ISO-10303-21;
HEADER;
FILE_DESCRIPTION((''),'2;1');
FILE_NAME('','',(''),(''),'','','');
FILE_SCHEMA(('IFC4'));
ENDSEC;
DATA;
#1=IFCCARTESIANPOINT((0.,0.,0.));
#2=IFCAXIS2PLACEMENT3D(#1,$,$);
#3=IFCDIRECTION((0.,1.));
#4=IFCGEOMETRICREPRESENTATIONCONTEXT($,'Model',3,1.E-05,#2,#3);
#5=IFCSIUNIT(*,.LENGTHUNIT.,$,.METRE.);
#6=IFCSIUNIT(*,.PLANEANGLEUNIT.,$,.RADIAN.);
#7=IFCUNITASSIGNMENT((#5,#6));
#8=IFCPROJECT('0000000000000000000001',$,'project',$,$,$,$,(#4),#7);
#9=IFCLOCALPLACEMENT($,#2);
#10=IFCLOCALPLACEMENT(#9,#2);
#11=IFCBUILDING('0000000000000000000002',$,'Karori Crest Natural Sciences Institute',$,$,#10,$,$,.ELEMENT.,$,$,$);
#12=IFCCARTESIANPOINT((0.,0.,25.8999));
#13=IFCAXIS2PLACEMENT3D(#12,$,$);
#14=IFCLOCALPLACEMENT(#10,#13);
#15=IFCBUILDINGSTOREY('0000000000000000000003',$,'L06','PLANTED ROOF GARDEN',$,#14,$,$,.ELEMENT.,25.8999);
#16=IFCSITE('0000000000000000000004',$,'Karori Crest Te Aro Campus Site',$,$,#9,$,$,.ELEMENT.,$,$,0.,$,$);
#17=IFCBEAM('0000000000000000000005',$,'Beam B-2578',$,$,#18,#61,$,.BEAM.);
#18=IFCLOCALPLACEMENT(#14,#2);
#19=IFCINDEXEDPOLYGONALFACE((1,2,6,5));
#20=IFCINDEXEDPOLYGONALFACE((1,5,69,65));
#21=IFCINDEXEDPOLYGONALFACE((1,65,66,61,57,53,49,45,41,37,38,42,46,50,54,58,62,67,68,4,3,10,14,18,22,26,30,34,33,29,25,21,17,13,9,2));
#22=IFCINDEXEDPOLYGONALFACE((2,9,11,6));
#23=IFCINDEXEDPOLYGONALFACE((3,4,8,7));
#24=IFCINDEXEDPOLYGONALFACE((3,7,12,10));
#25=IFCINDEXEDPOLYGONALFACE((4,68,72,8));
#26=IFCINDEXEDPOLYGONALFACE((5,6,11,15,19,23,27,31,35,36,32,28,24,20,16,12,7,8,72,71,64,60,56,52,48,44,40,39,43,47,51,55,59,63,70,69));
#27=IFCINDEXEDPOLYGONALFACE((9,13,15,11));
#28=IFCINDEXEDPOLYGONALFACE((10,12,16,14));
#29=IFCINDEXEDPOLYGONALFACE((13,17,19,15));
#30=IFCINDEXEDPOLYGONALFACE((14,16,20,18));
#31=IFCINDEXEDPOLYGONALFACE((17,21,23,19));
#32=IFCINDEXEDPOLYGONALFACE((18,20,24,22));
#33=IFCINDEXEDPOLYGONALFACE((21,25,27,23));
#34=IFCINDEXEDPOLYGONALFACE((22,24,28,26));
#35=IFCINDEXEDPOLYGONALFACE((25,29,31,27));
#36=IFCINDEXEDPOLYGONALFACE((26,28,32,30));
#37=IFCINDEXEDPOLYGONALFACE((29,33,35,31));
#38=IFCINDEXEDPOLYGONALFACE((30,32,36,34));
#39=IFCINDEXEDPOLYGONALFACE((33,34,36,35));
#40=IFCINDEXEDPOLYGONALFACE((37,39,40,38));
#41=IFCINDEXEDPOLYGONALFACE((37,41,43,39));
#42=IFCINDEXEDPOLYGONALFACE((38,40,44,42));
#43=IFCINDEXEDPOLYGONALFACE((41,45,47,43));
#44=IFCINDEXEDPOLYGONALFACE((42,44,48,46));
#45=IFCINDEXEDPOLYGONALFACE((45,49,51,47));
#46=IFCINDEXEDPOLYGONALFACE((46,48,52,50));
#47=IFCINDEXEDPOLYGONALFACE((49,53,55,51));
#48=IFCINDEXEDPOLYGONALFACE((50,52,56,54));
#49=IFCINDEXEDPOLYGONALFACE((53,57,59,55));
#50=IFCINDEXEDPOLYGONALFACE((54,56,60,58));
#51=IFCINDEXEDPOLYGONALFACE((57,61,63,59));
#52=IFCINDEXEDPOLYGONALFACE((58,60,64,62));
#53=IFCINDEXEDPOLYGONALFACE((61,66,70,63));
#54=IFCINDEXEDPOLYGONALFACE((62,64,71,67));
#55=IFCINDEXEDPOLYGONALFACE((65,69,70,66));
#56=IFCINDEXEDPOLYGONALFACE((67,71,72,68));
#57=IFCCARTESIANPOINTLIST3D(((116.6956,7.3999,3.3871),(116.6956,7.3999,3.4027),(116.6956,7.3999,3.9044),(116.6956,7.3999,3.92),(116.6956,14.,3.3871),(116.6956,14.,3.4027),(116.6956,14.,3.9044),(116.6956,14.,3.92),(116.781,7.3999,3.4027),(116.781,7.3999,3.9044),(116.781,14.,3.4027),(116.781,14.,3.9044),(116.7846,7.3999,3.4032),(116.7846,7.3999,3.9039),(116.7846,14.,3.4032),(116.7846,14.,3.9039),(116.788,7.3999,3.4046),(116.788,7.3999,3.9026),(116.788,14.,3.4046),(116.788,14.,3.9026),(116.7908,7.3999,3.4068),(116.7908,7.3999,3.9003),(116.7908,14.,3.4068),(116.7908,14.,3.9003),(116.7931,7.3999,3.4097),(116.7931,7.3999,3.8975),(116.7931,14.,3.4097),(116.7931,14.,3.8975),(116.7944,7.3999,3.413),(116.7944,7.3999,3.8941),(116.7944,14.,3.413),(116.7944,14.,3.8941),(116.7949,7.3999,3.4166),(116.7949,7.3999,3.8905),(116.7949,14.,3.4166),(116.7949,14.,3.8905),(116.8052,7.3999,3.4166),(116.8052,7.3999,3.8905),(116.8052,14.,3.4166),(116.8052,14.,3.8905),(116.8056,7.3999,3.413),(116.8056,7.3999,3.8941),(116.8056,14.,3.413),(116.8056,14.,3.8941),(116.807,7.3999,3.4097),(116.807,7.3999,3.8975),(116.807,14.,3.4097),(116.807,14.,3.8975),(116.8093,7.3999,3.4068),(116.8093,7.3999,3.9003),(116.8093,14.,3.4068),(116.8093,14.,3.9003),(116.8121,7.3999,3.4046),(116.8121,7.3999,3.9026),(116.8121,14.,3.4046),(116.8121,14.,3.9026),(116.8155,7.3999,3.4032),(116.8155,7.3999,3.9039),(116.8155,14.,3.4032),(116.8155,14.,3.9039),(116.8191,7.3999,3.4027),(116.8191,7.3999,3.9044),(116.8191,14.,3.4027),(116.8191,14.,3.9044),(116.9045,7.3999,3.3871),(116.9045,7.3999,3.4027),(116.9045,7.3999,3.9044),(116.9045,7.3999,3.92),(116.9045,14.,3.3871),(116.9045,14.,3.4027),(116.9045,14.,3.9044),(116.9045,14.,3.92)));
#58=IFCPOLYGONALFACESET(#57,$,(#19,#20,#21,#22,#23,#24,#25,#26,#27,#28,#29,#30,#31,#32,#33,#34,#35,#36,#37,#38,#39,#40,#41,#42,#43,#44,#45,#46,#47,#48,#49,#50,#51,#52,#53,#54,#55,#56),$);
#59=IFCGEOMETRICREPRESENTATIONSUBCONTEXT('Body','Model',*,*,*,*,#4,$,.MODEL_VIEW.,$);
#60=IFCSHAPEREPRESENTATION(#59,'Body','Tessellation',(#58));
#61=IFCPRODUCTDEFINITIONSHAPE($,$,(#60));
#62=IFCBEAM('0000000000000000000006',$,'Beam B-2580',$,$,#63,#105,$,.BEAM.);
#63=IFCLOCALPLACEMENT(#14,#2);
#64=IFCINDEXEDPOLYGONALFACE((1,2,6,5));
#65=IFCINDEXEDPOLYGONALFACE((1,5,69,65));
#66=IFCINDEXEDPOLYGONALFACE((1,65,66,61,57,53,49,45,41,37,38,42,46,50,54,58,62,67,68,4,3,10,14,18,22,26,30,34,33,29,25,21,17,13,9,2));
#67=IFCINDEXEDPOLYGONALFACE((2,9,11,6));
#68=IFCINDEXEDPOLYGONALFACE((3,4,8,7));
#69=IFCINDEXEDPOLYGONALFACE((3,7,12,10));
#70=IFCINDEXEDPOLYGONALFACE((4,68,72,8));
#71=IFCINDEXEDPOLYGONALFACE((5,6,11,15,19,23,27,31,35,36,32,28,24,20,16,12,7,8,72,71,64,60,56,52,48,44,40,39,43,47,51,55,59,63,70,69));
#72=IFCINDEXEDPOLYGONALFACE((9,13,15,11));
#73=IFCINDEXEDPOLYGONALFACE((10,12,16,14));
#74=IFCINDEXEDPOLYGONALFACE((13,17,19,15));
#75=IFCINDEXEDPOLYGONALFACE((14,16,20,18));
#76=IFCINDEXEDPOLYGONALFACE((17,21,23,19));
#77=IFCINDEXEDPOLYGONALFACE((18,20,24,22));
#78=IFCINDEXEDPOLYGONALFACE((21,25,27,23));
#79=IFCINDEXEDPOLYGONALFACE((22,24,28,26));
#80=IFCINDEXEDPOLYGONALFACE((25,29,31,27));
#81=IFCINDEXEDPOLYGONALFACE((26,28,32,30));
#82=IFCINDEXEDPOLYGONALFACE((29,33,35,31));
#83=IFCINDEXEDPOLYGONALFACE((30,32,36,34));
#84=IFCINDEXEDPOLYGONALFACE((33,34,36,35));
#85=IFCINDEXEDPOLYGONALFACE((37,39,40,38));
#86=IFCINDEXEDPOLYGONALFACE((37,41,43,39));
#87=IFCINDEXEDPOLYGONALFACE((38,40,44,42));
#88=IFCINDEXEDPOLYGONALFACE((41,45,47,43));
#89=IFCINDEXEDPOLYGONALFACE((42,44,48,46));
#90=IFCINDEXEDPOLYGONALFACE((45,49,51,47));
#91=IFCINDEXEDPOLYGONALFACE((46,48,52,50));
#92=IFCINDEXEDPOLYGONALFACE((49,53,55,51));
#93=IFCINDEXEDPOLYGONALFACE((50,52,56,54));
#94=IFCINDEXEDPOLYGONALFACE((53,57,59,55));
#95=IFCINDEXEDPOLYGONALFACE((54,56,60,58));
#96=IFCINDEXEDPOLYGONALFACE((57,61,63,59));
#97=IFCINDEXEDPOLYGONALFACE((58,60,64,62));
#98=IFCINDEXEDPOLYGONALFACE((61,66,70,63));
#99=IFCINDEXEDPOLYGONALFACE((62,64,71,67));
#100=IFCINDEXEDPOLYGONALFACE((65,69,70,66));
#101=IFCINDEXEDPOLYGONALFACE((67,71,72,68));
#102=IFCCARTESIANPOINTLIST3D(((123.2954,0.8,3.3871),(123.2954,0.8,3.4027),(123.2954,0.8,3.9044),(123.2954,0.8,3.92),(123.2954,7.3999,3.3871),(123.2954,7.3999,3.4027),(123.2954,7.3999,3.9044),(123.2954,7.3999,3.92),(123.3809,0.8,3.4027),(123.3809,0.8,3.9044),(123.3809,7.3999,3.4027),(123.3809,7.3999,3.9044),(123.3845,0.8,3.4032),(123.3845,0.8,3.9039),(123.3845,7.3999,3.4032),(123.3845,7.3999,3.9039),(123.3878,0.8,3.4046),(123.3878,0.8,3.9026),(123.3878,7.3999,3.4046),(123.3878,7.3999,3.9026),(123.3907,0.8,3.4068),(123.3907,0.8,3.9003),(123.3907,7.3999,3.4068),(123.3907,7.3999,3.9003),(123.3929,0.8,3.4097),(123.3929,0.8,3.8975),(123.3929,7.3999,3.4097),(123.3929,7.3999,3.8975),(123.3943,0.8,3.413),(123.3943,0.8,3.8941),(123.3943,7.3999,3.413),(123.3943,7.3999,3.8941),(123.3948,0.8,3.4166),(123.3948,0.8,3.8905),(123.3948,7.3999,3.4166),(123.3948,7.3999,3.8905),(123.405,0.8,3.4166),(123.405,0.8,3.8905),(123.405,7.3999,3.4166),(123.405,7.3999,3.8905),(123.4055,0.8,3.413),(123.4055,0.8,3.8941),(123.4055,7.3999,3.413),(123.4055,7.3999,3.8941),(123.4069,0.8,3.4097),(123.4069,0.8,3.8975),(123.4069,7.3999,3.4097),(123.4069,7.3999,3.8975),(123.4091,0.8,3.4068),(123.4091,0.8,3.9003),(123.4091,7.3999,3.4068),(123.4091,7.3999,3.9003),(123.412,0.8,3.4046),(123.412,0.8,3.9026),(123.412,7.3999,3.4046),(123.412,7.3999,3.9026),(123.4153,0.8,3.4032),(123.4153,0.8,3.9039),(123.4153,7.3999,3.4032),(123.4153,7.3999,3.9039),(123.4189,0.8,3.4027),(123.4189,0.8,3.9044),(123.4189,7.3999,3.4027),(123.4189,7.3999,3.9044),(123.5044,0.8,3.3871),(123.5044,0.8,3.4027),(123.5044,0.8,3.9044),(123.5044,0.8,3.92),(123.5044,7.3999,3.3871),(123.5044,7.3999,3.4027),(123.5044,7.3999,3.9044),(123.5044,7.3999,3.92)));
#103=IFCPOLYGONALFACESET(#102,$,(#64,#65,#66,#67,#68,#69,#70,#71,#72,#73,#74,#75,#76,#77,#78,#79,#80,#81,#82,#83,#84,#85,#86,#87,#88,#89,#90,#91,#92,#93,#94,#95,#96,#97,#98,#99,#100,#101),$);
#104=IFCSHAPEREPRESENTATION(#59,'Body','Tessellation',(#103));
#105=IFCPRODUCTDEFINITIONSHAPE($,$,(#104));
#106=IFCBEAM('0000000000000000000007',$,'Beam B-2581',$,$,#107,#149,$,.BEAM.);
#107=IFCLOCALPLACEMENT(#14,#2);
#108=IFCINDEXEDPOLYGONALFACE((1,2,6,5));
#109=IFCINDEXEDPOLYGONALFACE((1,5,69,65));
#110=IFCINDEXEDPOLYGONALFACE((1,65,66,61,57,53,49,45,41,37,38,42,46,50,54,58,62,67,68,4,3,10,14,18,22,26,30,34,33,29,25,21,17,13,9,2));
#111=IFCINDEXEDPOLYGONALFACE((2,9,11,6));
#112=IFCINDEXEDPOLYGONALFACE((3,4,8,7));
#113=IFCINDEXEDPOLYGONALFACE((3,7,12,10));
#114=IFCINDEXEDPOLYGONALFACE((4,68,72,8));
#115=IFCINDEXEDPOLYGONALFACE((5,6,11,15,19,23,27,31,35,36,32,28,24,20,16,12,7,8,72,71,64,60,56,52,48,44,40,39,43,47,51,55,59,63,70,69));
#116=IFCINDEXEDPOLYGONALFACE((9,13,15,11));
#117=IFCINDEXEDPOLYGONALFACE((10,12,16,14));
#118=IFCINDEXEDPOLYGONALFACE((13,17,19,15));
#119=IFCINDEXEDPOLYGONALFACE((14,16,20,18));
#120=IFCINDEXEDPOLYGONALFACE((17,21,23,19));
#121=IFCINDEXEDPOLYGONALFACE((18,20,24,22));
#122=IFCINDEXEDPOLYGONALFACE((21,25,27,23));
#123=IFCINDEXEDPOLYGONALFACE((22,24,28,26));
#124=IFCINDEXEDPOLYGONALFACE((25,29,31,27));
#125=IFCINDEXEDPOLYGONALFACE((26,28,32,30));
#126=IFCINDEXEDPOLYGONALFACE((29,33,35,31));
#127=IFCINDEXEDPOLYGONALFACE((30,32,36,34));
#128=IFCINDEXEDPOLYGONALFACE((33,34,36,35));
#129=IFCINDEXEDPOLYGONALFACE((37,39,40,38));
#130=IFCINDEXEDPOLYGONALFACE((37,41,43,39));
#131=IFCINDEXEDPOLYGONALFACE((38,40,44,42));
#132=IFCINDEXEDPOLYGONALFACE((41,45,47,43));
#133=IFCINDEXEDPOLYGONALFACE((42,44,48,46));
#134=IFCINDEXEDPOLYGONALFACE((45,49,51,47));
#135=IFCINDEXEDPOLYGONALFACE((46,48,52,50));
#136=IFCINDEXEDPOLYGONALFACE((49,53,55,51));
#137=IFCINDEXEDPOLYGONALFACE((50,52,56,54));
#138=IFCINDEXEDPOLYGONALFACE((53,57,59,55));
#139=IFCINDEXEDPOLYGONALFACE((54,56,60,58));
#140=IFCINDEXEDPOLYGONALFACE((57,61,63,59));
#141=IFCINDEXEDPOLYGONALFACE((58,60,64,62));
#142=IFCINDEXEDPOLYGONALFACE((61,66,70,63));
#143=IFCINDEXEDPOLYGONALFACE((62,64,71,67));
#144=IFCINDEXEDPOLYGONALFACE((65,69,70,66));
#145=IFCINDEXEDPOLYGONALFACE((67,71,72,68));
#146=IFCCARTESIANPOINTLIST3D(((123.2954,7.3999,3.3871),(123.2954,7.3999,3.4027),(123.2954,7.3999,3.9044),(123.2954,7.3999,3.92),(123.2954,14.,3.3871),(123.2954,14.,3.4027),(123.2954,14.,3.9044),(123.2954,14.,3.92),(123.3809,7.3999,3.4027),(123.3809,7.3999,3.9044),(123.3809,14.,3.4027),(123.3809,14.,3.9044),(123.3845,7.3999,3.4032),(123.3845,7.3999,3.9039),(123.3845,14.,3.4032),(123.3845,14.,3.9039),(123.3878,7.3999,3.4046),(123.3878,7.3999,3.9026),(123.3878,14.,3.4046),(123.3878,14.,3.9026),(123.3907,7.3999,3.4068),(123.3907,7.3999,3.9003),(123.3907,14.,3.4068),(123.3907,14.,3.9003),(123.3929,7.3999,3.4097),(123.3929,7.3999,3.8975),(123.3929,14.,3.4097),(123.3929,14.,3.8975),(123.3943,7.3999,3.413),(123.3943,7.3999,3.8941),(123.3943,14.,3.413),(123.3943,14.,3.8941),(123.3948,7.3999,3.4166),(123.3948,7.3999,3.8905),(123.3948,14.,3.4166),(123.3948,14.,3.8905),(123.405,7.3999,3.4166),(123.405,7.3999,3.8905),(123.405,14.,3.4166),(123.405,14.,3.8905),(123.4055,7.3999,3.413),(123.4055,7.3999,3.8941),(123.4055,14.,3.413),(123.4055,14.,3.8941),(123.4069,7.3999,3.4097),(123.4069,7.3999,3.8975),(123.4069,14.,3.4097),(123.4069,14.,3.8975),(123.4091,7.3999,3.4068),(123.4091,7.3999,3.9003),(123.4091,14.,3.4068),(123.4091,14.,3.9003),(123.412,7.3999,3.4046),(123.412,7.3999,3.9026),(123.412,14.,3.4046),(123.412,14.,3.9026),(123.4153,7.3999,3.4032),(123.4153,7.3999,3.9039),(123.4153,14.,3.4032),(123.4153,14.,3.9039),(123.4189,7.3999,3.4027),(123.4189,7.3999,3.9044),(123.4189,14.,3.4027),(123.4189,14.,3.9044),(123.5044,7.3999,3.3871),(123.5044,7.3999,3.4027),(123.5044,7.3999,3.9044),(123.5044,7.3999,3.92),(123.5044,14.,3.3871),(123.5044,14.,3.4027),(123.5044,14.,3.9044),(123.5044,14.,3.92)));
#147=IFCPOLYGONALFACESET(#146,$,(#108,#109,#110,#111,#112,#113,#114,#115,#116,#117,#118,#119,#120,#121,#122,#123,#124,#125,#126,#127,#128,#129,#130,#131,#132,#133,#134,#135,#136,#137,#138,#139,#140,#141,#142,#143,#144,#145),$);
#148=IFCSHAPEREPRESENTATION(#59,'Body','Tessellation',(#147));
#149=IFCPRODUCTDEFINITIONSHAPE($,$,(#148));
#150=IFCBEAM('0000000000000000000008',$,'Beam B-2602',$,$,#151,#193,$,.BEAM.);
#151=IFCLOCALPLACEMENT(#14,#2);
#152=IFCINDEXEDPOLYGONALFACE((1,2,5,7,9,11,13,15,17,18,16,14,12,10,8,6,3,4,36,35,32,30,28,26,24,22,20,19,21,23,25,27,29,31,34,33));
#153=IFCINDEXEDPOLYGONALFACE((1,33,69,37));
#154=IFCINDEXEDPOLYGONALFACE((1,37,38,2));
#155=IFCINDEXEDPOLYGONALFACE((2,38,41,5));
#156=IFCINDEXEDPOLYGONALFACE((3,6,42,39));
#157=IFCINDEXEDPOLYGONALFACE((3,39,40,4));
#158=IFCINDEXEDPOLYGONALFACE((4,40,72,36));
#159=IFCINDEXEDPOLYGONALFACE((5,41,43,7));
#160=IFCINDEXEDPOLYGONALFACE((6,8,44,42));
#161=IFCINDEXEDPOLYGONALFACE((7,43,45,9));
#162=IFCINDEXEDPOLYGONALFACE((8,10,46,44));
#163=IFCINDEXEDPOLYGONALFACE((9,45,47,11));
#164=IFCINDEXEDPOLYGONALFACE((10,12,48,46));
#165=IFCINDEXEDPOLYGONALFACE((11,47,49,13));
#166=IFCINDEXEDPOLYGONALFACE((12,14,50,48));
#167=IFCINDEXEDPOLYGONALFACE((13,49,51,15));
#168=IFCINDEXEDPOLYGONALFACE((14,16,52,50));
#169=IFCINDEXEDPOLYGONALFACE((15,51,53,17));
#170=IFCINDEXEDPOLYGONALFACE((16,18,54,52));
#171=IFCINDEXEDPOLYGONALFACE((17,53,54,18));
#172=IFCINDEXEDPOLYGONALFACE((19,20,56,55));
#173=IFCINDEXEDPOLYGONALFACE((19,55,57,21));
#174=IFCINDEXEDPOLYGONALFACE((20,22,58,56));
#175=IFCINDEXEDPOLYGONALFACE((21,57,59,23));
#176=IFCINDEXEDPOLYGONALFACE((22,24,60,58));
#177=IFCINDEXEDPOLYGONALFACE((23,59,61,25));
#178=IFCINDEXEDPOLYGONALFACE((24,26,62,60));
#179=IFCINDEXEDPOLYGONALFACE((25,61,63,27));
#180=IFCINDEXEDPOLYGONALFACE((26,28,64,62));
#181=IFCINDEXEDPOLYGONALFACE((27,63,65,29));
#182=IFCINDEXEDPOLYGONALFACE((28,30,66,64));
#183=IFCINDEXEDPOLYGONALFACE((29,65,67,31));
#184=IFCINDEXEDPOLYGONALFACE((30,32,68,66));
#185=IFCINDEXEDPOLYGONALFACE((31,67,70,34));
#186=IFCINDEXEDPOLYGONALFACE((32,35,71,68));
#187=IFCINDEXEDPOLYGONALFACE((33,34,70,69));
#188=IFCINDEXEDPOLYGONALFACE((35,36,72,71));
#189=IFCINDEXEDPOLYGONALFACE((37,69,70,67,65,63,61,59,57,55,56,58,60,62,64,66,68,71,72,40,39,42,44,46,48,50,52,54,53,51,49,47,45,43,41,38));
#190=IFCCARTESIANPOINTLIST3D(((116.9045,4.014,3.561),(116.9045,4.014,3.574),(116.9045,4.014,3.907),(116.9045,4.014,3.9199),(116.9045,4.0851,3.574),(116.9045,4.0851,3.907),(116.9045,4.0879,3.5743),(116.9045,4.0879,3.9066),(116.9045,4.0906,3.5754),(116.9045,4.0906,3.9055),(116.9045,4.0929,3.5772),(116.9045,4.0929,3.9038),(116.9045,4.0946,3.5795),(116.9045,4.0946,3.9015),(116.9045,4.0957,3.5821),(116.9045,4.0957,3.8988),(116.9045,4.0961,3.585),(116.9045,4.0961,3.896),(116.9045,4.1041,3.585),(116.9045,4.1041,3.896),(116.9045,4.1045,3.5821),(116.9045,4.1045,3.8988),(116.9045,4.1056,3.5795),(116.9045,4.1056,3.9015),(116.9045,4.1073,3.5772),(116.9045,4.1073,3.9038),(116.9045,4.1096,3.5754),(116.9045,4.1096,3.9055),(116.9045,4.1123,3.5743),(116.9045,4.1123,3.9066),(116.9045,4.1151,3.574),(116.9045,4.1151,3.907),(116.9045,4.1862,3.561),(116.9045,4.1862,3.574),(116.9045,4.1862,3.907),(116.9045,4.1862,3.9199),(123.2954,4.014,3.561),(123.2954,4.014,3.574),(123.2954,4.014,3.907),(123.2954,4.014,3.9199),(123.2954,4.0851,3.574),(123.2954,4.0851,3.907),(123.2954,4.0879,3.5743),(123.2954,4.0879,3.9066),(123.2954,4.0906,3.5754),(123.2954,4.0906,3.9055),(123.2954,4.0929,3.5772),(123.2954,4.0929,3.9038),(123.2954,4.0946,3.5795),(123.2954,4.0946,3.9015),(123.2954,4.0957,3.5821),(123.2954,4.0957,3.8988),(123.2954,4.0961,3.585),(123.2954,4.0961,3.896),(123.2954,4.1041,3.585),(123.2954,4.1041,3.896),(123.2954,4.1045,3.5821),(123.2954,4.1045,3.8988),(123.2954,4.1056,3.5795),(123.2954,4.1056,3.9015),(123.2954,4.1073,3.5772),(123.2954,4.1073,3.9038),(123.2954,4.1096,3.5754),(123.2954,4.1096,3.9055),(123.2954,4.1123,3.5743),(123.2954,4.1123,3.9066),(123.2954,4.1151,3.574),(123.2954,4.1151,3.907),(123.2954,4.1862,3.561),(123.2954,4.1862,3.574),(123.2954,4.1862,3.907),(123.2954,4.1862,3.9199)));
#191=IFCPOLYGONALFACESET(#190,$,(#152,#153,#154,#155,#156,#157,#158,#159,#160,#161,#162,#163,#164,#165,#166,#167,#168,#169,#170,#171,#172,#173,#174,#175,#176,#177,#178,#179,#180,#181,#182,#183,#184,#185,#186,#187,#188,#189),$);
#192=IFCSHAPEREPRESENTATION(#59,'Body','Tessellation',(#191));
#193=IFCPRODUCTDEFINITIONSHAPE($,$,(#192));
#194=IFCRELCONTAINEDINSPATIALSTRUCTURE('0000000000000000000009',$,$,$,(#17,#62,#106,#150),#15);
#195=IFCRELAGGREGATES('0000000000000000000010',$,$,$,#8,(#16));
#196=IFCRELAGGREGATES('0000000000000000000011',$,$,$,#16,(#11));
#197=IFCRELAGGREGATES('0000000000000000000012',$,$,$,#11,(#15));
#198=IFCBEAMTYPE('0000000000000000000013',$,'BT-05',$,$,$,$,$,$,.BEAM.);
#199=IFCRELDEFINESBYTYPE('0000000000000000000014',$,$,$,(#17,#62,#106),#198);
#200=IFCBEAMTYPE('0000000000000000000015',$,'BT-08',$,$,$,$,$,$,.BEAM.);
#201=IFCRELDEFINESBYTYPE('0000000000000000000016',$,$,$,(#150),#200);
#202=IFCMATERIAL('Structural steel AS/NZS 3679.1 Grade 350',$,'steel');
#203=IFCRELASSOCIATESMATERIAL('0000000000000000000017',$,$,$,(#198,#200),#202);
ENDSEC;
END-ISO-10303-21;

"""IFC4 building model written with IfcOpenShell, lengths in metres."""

from ifc_helpers import new_model, si_unit, direction, frame, origin, origin_2d, place, context, subcontext, project, spatial, i_section, extrude, material, material_profile, profile_set, type_object, element, save


model = new_model("IFC4")

# Units and contexts
model_context = context("Model", 3, precision=1e-05, world=origin(), true_north=direction((0.0, 1.0)))
body_context = subcontext(model_context, "Body", "Model", "MODEL_VIEW")
ifc_project = project(units=[si_unit("LENGTHUNIT", "METRE"), si_unit("PLANEANGLEUNIT", "RADIAN")], contexts=[model_context])

# Site, building, storey
site_placement = place(None, origin())
site = spatial("IfcSite", under=ifc_project, at=site_placement, Name="Karori Crest Te Aro Campus Site", CompositionType="ELEMENT", RefElevation=0.0)
building_placement = place(site_placement, origin())
building = spatial("IfcBuilding", under=site, at=building_placement, Name="Karori Crest Natural Sciences Institute", CompositionType="ELEMENT")
storey_placement = place(building_placement, frame((0.0, 0.0, 25.8999)))
storey = spatial("IfcBuildingStorey", under=building, at=storey_placement, Name="L06", Description="PLANTED ROOF GARDEN", CompositionType="ELEMENT", Elevation=25.8999)

# Shared definitions
ifc_material_1 = material(Name="Structural steel AS/NZS 3679.1 Grade 350", Category="steel")

# Beams
ifc_material_profile_1 = material_profile(ifc_material_1, i_section(OverallWidth=0.209, OverallDepth=0.533, WebThickness=0.0103, FlangeThickness=0.0156, FilletRadius=0.0139, at=origin_2d()), Name="530UB92.4")
ifc_profile_set_1 = profile_set([ifc_material_profile_1], Name="Structural steel AS/NZS 3679.1 Grade 350")
beam_type_1 = type_object("IfcBeamType", Name="BT-05", PredefinedType="BEAM", material=ifc_profile_set_1)
beam_1_placement = place(storey_placement, frame((116.8, 7.3999, 3.6536), z_axis=(0.0, 1.0, 0.0), x_axis=(-1.0, 0.0, 0.0)))
element("IfcBeam", 1, at=beam_1_placement, inside=storey, type_object=beam_type_1, Name="Beam B-2578", PredefinedType="BEAM", context=body_context, shape_type="SweptSolid", body=[
    extrude(i_section(OverallWidth=0.209, OverallDepth=0.533, WebThickness=0.0103, FlangeThickness=0.0156, FilletRadius=0.0139, at=origin_2d()), origin(), (0.0, 0.0, 1.0), 6.6001),
])
beam_2_placement = place(storey_placement, frame((123.3999, 0.8, 3.6536), z_axis=(0.0, 1.0, 0.0), x_axis=(-1.0, 0.0, 0.0)))
element("IfcBeam", 2, at=beam_2_placement, inside=storey, type_object=beam_type_1, Name="Beam B-2580", PredefinedType="BEAM", context=body_context, shape_type="SweptSolid", body=[
    extrude(i_section(OverallWidth=0.209, OverallDepth=0.533, WebThickness=0.0103, FlangeThickness=0.0156, FilletRadius=0.0139, at=origin_2d()), origin(), (0.0, 0.0, 1.0), 6.5999),
])
beam_3_placement = place(storey_placement, frame((123.3999, 7.3999, 3.6536), z_axis=(0.0, 1.0, 0.0), x_axis=(-1.0, 0.0, 0.0)))
element("IfcBeam", 3, at=beam_3_placement, inside=storey, type_object=beam_type_1, Name="Beam B-2581", PredefinedType="BEAM", context=body_context, shape_type="SweptSolid", body=[
    extrude(i_section(OverallWidth=0.209, OverallDepth=0.533, WebThickness=0.0103, FlangeThickness=0.0156, FilletRadius=0.0139, at=origin_2d()), origin(), (0.0, 0.0, 1.0), 6.6001),
])
ifc_material_profile_2 = material_profile(ifc_material_1, i_section(OverallWidth=0.1721, OverallDepth=0.3589, WebThickness=0.0081, FlangeThickness=0.0129, FilletRadius=0.011, at=origin_2d()), Name="360UB56.7")
ifc_profile_set_2 = profile_set([ifc_material_profile_2], Name="Structural steel AS/NZS 3679.1 Grade 350")
beam_type_2 = type_object("IfcBeamType", Name="BT-08", PredefinedType="BEAM", material=ifc_profile_set_2)
for number, where, z_axis, x_axis, name in (
    (4, (116.9045, 4.1001, 3.7405), (1.0, 0.0, 0.0), (0.0, 1.0, 0.0), "Beam B-2602"),
):
    element("IfcBeam", number, at=place(storey_placement, frame(where, z_axis=z_axis, x_axis=x_axis)), inside=storey, type_object=beam_type_2, Name=name, PredefinedType="BEAM", context=body_context, shape_type="SweptSolid", body=[
        extrude(i_section(OverallWidth=0.1721, OverallDepth=0.3589, WebThickness=0.0081, FlangeThickness=0.0129, FilletRadius=0.011, at=origin_2d()), origin(), (0.0, 0.0, 1.0), 6.3909),
    ])

save(model, "model.ifc")
